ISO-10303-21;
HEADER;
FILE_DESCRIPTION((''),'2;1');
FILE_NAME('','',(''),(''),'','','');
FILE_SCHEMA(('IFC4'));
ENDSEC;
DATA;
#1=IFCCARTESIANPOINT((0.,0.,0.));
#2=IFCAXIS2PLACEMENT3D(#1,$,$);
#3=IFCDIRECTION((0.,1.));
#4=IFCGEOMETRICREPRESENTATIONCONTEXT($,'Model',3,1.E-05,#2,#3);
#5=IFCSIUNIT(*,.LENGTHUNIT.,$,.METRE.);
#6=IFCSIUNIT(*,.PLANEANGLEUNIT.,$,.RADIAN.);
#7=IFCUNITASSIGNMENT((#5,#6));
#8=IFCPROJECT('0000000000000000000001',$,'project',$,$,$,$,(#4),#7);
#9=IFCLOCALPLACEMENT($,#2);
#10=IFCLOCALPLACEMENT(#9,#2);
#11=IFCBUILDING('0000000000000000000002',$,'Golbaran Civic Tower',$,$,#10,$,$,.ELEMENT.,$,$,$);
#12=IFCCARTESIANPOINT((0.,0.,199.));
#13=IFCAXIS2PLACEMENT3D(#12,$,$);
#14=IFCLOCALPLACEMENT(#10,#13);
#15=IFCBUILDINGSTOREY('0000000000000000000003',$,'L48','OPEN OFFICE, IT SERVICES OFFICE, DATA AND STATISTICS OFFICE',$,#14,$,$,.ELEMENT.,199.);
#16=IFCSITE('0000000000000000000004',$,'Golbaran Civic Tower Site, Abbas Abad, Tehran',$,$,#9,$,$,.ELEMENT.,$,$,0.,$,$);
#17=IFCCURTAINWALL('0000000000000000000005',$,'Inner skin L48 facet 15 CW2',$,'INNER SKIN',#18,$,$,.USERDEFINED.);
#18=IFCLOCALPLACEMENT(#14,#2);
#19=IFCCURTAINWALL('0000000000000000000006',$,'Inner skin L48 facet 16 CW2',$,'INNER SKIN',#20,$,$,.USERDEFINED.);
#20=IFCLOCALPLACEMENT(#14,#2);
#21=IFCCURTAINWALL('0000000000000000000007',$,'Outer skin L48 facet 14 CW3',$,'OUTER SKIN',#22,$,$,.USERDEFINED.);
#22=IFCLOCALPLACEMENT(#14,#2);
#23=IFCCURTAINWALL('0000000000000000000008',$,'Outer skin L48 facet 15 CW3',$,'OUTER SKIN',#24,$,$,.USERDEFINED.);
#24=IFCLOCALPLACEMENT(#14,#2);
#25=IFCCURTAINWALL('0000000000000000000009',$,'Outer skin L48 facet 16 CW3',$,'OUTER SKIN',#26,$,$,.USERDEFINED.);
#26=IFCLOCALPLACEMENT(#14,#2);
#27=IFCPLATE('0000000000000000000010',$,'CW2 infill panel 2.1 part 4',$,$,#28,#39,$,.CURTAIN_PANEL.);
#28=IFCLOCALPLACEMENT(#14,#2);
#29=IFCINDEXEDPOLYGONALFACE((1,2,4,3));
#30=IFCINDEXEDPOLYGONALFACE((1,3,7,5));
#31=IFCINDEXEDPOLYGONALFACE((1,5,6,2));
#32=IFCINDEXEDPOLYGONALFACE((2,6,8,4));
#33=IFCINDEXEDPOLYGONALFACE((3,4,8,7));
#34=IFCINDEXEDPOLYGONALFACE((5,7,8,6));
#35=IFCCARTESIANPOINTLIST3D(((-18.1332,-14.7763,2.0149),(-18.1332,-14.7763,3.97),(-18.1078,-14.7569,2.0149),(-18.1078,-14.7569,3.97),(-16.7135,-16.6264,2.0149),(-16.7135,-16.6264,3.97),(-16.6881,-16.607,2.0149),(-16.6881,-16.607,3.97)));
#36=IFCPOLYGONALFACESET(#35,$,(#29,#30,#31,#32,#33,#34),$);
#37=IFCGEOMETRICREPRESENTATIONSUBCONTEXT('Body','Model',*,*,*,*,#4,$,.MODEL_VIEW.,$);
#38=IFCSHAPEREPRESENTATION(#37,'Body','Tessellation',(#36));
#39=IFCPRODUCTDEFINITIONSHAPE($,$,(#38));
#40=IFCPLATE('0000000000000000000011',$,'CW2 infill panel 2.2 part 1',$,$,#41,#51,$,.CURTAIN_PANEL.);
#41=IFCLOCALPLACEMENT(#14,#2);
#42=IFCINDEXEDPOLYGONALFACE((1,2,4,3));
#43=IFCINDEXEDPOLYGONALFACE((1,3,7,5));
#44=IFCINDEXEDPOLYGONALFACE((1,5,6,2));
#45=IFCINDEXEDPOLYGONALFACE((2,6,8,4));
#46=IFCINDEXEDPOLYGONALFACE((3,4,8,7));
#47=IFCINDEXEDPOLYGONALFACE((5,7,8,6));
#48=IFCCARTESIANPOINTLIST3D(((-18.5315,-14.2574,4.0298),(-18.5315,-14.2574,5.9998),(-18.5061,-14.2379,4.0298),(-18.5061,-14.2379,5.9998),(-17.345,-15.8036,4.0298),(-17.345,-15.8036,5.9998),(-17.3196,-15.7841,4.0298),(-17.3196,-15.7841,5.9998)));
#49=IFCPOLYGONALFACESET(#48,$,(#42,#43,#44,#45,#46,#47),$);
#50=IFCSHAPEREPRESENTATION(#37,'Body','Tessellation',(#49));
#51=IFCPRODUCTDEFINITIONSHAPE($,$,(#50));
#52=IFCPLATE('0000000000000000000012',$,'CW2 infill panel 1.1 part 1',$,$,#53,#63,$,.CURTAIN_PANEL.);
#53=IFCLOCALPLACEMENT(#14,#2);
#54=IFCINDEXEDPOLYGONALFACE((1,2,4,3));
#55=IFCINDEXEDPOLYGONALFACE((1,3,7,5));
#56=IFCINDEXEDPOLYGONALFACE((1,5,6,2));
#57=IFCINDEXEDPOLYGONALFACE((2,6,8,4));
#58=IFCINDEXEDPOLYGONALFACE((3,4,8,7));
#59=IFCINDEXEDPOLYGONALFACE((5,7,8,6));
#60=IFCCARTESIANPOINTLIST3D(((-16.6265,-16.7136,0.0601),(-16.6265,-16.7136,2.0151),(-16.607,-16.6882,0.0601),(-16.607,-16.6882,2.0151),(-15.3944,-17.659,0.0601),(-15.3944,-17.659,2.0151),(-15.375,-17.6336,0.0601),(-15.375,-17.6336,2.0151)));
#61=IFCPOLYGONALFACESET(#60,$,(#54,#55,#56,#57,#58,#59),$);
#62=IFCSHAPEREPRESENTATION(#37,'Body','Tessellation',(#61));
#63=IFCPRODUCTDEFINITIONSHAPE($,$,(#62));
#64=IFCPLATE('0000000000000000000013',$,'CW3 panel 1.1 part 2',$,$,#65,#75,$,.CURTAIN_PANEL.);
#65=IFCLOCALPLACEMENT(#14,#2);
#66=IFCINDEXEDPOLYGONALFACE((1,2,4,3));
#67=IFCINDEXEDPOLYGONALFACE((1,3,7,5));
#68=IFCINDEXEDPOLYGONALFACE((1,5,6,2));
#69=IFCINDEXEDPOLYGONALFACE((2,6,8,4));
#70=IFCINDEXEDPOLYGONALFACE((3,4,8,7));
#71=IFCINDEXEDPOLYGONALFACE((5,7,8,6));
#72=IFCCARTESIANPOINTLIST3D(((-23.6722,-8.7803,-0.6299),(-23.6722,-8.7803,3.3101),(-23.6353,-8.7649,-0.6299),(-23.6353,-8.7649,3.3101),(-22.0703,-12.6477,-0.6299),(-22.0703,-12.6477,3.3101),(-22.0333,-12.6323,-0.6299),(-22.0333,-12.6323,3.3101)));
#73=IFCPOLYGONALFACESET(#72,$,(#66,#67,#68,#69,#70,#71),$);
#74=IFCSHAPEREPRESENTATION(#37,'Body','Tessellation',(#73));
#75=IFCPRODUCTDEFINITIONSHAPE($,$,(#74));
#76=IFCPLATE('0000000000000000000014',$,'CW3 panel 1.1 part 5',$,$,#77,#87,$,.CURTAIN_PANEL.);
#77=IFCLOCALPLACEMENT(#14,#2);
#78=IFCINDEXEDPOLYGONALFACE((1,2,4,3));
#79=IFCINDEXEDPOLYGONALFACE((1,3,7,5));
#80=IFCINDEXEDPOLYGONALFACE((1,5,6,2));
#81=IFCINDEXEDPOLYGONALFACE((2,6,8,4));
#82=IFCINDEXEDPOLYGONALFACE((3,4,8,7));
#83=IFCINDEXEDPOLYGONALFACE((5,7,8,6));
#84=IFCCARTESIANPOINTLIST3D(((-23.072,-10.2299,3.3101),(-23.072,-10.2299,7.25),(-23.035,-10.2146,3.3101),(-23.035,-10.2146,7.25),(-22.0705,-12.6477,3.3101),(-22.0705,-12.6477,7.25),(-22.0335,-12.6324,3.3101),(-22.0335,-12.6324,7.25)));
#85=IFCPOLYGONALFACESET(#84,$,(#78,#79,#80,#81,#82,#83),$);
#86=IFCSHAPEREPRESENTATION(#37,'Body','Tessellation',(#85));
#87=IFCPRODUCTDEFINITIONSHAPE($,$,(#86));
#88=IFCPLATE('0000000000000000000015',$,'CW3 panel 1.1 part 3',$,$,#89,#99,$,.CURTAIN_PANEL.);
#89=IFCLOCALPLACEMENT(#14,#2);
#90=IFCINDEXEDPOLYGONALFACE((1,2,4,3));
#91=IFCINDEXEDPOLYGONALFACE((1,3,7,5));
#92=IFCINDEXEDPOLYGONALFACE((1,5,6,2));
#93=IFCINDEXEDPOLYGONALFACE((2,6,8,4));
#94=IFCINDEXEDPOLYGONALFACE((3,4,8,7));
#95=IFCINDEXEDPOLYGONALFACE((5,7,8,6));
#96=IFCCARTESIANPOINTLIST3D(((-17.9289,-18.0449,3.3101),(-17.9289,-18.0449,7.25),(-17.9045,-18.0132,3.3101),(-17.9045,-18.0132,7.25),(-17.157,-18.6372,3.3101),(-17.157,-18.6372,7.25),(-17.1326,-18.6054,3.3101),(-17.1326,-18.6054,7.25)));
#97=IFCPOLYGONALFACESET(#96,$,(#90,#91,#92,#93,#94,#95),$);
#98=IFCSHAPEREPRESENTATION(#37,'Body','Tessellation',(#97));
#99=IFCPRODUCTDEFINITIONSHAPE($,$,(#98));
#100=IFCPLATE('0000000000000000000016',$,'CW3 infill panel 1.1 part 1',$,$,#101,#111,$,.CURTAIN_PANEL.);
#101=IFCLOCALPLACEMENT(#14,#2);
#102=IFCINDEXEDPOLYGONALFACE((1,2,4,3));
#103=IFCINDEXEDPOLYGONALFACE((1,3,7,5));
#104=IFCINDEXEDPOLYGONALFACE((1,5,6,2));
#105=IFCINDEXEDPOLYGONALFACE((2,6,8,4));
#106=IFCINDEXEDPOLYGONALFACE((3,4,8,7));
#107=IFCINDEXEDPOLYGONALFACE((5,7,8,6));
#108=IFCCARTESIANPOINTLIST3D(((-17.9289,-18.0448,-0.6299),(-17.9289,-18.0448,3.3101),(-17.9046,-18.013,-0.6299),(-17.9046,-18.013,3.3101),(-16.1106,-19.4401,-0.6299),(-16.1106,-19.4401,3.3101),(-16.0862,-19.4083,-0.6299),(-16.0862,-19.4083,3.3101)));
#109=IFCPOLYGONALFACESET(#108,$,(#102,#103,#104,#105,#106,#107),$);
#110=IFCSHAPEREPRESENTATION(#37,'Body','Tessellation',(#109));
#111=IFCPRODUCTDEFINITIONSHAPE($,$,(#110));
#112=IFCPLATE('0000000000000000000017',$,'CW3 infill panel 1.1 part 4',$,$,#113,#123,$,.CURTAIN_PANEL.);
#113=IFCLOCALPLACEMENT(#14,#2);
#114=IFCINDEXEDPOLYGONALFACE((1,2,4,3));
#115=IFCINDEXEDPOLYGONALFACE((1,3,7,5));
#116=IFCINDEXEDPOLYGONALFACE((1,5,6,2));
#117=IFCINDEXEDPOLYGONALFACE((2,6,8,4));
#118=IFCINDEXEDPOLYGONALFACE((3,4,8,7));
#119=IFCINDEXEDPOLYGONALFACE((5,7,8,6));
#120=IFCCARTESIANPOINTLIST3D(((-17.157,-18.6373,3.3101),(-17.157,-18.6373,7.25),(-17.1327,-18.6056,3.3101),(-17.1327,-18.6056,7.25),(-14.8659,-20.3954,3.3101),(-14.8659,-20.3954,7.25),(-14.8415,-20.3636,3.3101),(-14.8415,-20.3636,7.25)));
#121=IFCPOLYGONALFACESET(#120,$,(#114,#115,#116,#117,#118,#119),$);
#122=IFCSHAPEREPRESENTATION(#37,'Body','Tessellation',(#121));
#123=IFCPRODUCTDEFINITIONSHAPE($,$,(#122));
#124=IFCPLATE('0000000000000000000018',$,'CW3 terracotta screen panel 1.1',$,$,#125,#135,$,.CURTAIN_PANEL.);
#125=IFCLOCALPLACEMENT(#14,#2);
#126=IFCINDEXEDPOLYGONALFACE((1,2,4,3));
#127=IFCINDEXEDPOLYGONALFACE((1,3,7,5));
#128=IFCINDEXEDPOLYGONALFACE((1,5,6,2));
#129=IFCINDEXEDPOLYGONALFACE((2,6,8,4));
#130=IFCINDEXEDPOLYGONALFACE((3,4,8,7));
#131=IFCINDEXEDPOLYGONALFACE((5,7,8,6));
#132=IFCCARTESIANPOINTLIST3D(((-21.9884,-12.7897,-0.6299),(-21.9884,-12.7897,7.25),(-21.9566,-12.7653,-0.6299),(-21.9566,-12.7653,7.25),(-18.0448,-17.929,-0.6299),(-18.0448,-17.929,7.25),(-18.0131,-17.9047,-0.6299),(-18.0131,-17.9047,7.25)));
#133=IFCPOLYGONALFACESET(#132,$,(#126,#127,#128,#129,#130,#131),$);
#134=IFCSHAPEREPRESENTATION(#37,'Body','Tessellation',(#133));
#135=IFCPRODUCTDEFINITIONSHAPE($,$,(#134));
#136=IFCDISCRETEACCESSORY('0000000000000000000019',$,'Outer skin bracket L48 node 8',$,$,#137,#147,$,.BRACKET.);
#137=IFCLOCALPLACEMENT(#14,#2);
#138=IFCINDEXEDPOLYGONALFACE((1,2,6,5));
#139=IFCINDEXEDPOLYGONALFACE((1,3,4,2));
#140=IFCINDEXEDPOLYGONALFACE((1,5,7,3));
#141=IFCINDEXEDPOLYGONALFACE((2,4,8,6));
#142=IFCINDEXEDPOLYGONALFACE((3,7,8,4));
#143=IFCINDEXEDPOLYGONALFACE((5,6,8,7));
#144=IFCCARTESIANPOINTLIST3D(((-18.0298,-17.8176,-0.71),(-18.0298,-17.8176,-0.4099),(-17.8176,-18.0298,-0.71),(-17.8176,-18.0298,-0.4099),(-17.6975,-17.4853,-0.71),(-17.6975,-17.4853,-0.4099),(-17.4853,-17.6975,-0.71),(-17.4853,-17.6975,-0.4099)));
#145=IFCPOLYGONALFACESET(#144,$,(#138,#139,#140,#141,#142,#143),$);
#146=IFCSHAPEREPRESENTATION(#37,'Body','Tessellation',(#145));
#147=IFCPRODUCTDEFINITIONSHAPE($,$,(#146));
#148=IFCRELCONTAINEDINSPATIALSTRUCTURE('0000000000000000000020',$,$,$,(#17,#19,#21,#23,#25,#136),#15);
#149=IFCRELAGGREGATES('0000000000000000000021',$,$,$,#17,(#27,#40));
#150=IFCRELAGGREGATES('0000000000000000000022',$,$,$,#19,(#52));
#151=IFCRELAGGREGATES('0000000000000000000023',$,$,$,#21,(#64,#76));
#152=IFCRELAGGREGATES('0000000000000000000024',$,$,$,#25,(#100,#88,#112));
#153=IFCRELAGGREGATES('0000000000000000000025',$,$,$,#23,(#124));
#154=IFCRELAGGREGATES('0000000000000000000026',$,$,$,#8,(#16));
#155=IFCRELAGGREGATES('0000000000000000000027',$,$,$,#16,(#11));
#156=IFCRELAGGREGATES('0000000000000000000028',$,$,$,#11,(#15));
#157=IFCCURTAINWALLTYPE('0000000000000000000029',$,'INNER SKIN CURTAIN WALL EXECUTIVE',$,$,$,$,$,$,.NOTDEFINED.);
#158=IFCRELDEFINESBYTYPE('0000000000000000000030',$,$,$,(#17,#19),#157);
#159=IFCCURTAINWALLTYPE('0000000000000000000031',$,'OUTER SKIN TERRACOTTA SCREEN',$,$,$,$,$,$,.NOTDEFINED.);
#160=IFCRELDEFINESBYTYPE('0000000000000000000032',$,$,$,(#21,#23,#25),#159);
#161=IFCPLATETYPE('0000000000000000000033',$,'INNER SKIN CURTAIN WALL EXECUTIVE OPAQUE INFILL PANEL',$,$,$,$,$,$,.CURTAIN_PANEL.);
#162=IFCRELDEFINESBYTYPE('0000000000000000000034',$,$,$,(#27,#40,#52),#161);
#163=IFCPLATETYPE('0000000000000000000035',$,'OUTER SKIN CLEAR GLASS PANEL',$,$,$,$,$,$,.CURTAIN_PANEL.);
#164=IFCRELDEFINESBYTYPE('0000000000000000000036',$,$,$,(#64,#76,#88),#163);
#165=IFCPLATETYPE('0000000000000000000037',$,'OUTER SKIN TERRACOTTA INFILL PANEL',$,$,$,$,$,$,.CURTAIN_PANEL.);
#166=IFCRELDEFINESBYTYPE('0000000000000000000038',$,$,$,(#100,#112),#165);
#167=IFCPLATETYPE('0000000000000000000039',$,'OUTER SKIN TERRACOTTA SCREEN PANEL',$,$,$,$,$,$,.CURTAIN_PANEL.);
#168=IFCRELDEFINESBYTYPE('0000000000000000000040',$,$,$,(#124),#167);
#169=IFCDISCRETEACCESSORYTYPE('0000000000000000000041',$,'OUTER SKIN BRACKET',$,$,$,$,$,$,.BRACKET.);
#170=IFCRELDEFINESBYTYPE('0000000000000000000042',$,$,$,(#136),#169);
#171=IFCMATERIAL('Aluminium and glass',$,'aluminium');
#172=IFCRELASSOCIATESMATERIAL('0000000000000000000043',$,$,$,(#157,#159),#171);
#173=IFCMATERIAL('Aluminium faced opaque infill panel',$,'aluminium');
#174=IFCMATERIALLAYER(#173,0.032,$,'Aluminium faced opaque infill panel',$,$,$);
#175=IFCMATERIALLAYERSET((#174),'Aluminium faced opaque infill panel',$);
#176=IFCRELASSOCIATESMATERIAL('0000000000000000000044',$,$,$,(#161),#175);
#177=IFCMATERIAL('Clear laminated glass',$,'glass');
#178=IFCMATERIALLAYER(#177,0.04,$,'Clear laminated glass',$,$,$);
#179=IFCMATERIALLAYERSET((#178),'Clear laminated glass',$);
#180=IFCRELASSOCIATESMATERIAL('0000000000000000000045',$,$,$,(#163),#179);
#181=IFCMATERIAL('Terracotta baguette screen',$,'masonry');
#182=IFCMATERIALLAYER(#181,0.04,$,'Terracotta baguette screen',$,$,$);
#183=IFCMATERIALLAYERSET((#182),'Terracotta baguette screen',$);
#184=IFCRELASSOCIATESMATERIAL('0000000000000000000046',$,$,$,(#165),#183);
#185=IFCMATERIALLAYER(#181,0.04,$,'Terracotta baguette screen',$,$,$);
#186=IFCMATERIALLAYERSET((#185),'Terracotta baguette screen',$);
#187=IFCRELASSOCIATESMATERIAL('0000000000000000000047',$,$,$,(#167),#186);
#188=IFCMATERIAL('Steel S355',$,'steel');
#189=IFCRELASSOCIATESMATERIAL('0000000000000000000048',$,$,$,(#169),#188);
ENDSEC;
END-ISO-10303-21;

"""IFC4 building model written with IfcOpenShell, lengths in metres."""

from ifc_helpers import new_model, si_unit, direction, frame, origin, origin_2d, place, context, subcontext, project, spatial, rectangle, extrude, material, layer, layer_set, type_object, element, aggregate, save


model = new_model("IFC4")

# Units and contexts
model_context = context("Model", 3, precision=1e-05, world=origin(), true_north=direction((0.0, 1.0)))
body_context = subcontext(model_context, "Body", "Model", "MODEL_VIEW")
ifc_project = project(units=[si_unit("LENGTHUNIT", "METRE"), si_unit("PLANEANGLEUNIT", "RADIAN")], contexts=[model_context])

# Site, building, storey
site_placement = place(None, origin())
site = spatial("IfcSite", under=ifc_project, at=site_placement, Name="Golbaran Civic Tower Site, Abbas Abad, Tehran", CompositionType="ELEMENT", RefElevation=0.0)
building_placement = place(site_placement, origin())
building = spatial("IfcBuilding", under=site, at=building_placement, Name="Golbaran Civic Tower", CompositionType="ELEMENT")
storey_placement = place(building_placement, frame((0.0, 0.0, 199.0)))
storey = spatial("IfcBuildingStorey", under=building, at=storey_placement, Name="L48", Description="OPEN OFFICE, IT SERVICES OFFICE, DATA AND STATISTICS OFFICE", CompositionType="ELEMENT", Elevation=199.0)

# Shared definitions
ifc_material_1 = material(Name="Steel S355", Category="steel")

# Shared definitions
ifc_material_2 = material(Name="Aluminium and glass", Category="aluminium")
curtain_wall_type_1 = type_object("IfcCurtainWallType", Name="INNER SKIN CURTAIN WALL EXECUTIVE", PredefinedType="NOTDEFINED", material=ifc_material_2)

# Curtain wall
curtain_wall_1_placement = place(storey_placement, origin())
curtain_wall_1 = element("IfcCurtainWall", 1, at=curtain_wall_1_placement, inside=storey, type_object=curtain_wall_type_1, Name="Inner skin L48 facet 15 CW2", ObjectType="INNER SKIN", PredefinedType="USERDEFINED")

# Curtain wall
curtain_wall_2_placement = place(storey_placement, origin())
curtain_wall_2 = element("IfcCurtainWall", 2, at=curtain_wall_2_placement, inside=storey, type_object=curtain_wall_type_1, Name="Inner skin L48 facet 16 CW2", ObjectType="INNER SKIN", PredefinedType="USERDEFINED")

# Curtain wall
curtain_wall_type_2 = type_object("IfcCurtainWallType", Name="OUTER SKIN TERRACOTTA SCREEN", PredefinedType="NOTDEFINED", material=ifc_material_2)
curtain_wall_3_placement = place(storey_placement, origin())
curtain_wall_3 = element("IfcCurtainWall", 3, at=curtain_wall_3_placement, inside=storey, type_object=curtain_wall_type_2, Name="Outer skin L48 facet 14 CW3", ObjectType="OUTER SKIN", PredefinedType="USERDEFINED")

# Curtain wall
curtain_wall_4_placement = place(storey_placement, origin())
curtain_wall_4 = element("IfcCurtainWall", 4, at=curtain_wall_4_placement, inside=storey, type_object=curtain_wall_type_2, Name="Outer skin L48 facet 15 CW3", ObjectType="OUTER SKIN", PredefinedType="USERDEFINED")

# Curtain wall
curtain_wall_5_placement = place(storey_placement, origin())
curtain_wall_5 = element("IfcCurtainWall", 5, at=curtain_wall_5_placement, inside=storey, type_object=curtain_wall_type_2, Name="Outer skin L48 facet 16 CW3", ObjectType="OUTER SKIN", PredefinedType="USERDEFINED")

# Plates
ifc_material_3 = material(Name="Aluminium faced opaque infill panel", Category="aluminium")
ifc_layer_1 = layer(ifc_material_3, 0.032, Name="Aluminium faced opaque infill panel")
ifc_layer_set_1 = layer_set([ifc_layer_1], Name="Aluminium faced opaque infill panel")
plate_type_1 = type_object("IfcPlateType", Name="INNER SKIN CURTAIN WALL EXECUTIVE OPAQUE INFILL PANEL", PredefinedType="CURTAIN_PANEL", material=ifc_layer_set_1)
plate_1_placement = place(storey_placement, frame((-17.4106, -15.6917, 2.0149), z_axis=(0.0, 0.0, 1.0), x_axis=(0.608761, -0.793353, 0.0)))
plate_1 = element("IfcPlate", 6, at=plate_1_placement, type_object=plate_type_1, Name="CW2 infill panel 2.1 part 4", PredefinedType="CURTAIN_PANEL", context=body_context, shape_type="SweptSolid", body=[
    extrude(rectangle(XDim=2.332, YDim=0.032, at=origin_2d()), origin(), (0.0, 0.0, 1.0), 1.9551),
])
plate_2_placement = place(storey_placement, frame((-17.9255, -15.0208, 4.0298), z_axis=(0.0, 0.0, 1.0), x_axis=(0.608761, -0.793353, 0.0)))
plate_2 = element("IfcPlate", 7, at=plate_2_placement, type_object=plate_type_1, Name="CW2 infill panel 2.2 part 1", PredefinedType="CURTAIN_PANEL", context=body_context, shape_type="SweptSolid", body=[
    extrude(rectangle(XDim=1.949, YDim=0.032, at=origin_2d()), origin(), (0.0, 0.0, 1.0), 1.97),
])
aggregate(curtain_wall_1, [plate_1, plate_2])
plate_3_placement = place(storey_placement, frame((-16.0007, -17.1736, 0.0601), z_axis=(0.0, 0.0, 1.0), x_axis=(0.793353, -0.608761, 0.0)))
plate_3 = element("IfcPlate", 8, at=plate_3_placement, type_object=plate_type_1, Name="CW2 infill panel 1.1 part 1", PredefinedType="CURTAIN_PANEL", context=body_context, shape_type="SweptSolid", body=[
    extrude(rectangle(XDim=1.553, YDim=0.032, at=origin_2d()), origin(), (0.0, 0.0, 1.0), 1.9551),
])
aggregate(curtain_wall_2, [plate_3])
ifc_material_4 = material(Name="Clear laminated glass", Category="glass")
ifc_layer_2 = layer(ifc_material_4, 0.04, Name="Clear laminated glass")
ifc_layer_set_2 = layer_set([ifc_layer_2], Name="Clear laminated glass")
plate_type_2 = type_object("IfcPlateType", Name="OUTER SKIN CLEAR GLASS PANEL", PredefinedType="CURTAIN_PANEL", material=ifc_layer_set_2)
plate_4_placement = place(storey_placement, frame((-22.8528, -10.7063, -0.6299), z_axis=(0.0, 0.0, 1.0), x_axis=(0.382683, -0.92388, 0.0)))
plate_4 = element("IfcPlate", 9, at=plate_4_placement, type_object=plate_type_2, Name="CW3 panel 1.1 part 2", PredefinedType="CURTAIN_PANEL", context=body_context, shape_type="SweptSolid", body=[
    extrude(rectangle(XDim=4.186, YDim=0.04, at=origin_2d()), origin(), (0.0, 0.0, 1.0), 3.9399),
])
plate_5_placement = place(storey_placement, frame((-22.5527, -11.4312, 3.3101), z_axis=(0.0, 0.0, 1.0), x_axis=(0.382683, -0.92388, 0.0)))
plate_5 = element("IfcPlate", 10, at=plate_5_placement, type_object=plate_type_2, Name="CW3 panel 1.1 part 5", PredefinedType="CURTAIN_PANEL", context=body_context, shape_type="SweptSolid", body=[
    extrude(rectangle(XDim=2.6169, YDim=0.04, at=origin_2d()), origin(), (0.0, 0.0, 1.0), 3.9399),
])
aggregate(curtain_wall_3, [plate_4, plate_5])
plate_6_placement = place(storey_placement, frame((-17.5308, -18.3252, 3.3101), z_axis=(0.0, 0.0, 1.0), x_axis=(0.793353, -0.608761, 0.0)))
plate_6 = element("IfcPlate", 11, at=plate_6_placement, type_object=plate_type_2, Name="CW3 panel 1.1 part 3", PredefinedType="CURTAIN_PANEL", context=body_context, shape_type="SweptSolid", body=[
    extrude(rectangle(XDim=0.9729, YDim=0.04, at=origin_2d()), origin(), (0.0, 0.0, 1.0), 3.9399),
])
ifc_material_5 = material(Name="Terracotta baguette screen", Category="masonry")
ifc_layer_3 = layer(ifc_material_5, 0.04, Name="Terracotta baguette screen")
ifc_layer_set_3 = layer_set([ifc_layer_3], Name="Terracotta baguette screen")
plate_type_3 = type_object("IfcPlateType", Name="OUTER SKIN TERRACOTTA INFILL PANEL", PredefinedType="CURTAIN_PANEL", material=ifc_layer_set_3)
plate_7_placement = place(storey_placement, frame((-17.0076, -18.7266, -0.6299), z_axis=(0.0, 0.0, 1.0), x_axis=(0.793353, -0.608761, 0.0)))
plate_7 = element("IfcPlate", 12, at=plate_7_placement, type_object=plate_type_3, Name="CW3 infill panel 1.1 part 1", PredefinedType="CURTAIN_PANEL", context=body_context, shape_type="SweptSolid", body=[
    extrude(rectangle(XDim=2.292, YDim=0.04, at=origin_2d()), origin(), (0.0, 0.0, 1.0), 3.9399),
])
plate_8_placement = place(storey_placement, frame((-15.9993, -19.5005, 3.3101), z_axis=(0.0, 0.0, 1.0), x_axis=(0.793353, -0.608761, 0.0)))
plate_8 = element("IfcPlate", 13, at=plate_8_placement, type_object=plate_type_3, Name="CW3 infill panel 1.1 part 4", PredefinedType="CURTAIN_PANEL", context=body_context, shape_type="SweptSolid", body=[
    extrude(rectangle(XDim=2.8879, YDim=0.04, at=origin_2d()), origin(), (0.0, 0.0, 1.0), 3.9399),
])
aggregate(curtain_wall_5, [plate_7, plate_6, plate_8])
ifc_layer_4 = layer(ifc_material_5, 0.04, Name="Terracotta baguette screen")
ifc_layer_set_4 = layer_set([ifc_layer_4], Name="Terracotta baguette screen")
plate_type_4 = type_object("IfcPlateType", Name="OUTER SKIN TERRACOTTA SCREEN PANEL", PredefinedType="CURTAIN_PANEL", material=ifc_layer_set_4)
plate_9_placement = place(storey_placement, frame((-20.0007, -15.3472, -0.6299), z_axis=(0.0, 0.0, 1.0), x_axis=(0.608761, -0.793353, 0.0)))
plate_9 = element("IfcPlate", 14, at=plate_9_placement, type_object=plate_type_4, Name="CW3 terracotta screen panel 1.1", PredefinedType="CURTAIN_PANEL", context=body_context, shape_type="SweptSolid", body=[
    extrude(rectangle(XDim=6.478, YDim=0.04, at=origin_2d()), origin(), (0.0, 0.0, 1.0), 7.8799),
])
aggregate(curtain_wall_4, [plate_9])

# Discrete accessory
discrete_accessory_type = type_object("IfcDiscreteAccessoryType", Name="OUTER SKIN BRACKET", PredefinedType="BRACKET", material=ifc_material_1)
discrete_accessory_placement = place(storey_placement, frame((-17.7576, -17.7576, -0.71), z_axis=(0.0, 0.0, 1.0), x_axis=(-0.707107, -0.707107, 0.0)))
element("IfcDiscreteAccessory", 15, at=discrete_accessory_placement, inside=storey, type_object=discrete_accessory_type, Name="Outer skin bracket L48 node 8", PredefinedType="BRACKET", context=body_context, shape_type="SweptSolid", body=[
    extrude(rectangle(XDim=0.47, YDim=0.3, at=origin_2d()), origin(), (0.0, 0.0, 1.0), 0.3),
])

save(model, "model.ifc")
